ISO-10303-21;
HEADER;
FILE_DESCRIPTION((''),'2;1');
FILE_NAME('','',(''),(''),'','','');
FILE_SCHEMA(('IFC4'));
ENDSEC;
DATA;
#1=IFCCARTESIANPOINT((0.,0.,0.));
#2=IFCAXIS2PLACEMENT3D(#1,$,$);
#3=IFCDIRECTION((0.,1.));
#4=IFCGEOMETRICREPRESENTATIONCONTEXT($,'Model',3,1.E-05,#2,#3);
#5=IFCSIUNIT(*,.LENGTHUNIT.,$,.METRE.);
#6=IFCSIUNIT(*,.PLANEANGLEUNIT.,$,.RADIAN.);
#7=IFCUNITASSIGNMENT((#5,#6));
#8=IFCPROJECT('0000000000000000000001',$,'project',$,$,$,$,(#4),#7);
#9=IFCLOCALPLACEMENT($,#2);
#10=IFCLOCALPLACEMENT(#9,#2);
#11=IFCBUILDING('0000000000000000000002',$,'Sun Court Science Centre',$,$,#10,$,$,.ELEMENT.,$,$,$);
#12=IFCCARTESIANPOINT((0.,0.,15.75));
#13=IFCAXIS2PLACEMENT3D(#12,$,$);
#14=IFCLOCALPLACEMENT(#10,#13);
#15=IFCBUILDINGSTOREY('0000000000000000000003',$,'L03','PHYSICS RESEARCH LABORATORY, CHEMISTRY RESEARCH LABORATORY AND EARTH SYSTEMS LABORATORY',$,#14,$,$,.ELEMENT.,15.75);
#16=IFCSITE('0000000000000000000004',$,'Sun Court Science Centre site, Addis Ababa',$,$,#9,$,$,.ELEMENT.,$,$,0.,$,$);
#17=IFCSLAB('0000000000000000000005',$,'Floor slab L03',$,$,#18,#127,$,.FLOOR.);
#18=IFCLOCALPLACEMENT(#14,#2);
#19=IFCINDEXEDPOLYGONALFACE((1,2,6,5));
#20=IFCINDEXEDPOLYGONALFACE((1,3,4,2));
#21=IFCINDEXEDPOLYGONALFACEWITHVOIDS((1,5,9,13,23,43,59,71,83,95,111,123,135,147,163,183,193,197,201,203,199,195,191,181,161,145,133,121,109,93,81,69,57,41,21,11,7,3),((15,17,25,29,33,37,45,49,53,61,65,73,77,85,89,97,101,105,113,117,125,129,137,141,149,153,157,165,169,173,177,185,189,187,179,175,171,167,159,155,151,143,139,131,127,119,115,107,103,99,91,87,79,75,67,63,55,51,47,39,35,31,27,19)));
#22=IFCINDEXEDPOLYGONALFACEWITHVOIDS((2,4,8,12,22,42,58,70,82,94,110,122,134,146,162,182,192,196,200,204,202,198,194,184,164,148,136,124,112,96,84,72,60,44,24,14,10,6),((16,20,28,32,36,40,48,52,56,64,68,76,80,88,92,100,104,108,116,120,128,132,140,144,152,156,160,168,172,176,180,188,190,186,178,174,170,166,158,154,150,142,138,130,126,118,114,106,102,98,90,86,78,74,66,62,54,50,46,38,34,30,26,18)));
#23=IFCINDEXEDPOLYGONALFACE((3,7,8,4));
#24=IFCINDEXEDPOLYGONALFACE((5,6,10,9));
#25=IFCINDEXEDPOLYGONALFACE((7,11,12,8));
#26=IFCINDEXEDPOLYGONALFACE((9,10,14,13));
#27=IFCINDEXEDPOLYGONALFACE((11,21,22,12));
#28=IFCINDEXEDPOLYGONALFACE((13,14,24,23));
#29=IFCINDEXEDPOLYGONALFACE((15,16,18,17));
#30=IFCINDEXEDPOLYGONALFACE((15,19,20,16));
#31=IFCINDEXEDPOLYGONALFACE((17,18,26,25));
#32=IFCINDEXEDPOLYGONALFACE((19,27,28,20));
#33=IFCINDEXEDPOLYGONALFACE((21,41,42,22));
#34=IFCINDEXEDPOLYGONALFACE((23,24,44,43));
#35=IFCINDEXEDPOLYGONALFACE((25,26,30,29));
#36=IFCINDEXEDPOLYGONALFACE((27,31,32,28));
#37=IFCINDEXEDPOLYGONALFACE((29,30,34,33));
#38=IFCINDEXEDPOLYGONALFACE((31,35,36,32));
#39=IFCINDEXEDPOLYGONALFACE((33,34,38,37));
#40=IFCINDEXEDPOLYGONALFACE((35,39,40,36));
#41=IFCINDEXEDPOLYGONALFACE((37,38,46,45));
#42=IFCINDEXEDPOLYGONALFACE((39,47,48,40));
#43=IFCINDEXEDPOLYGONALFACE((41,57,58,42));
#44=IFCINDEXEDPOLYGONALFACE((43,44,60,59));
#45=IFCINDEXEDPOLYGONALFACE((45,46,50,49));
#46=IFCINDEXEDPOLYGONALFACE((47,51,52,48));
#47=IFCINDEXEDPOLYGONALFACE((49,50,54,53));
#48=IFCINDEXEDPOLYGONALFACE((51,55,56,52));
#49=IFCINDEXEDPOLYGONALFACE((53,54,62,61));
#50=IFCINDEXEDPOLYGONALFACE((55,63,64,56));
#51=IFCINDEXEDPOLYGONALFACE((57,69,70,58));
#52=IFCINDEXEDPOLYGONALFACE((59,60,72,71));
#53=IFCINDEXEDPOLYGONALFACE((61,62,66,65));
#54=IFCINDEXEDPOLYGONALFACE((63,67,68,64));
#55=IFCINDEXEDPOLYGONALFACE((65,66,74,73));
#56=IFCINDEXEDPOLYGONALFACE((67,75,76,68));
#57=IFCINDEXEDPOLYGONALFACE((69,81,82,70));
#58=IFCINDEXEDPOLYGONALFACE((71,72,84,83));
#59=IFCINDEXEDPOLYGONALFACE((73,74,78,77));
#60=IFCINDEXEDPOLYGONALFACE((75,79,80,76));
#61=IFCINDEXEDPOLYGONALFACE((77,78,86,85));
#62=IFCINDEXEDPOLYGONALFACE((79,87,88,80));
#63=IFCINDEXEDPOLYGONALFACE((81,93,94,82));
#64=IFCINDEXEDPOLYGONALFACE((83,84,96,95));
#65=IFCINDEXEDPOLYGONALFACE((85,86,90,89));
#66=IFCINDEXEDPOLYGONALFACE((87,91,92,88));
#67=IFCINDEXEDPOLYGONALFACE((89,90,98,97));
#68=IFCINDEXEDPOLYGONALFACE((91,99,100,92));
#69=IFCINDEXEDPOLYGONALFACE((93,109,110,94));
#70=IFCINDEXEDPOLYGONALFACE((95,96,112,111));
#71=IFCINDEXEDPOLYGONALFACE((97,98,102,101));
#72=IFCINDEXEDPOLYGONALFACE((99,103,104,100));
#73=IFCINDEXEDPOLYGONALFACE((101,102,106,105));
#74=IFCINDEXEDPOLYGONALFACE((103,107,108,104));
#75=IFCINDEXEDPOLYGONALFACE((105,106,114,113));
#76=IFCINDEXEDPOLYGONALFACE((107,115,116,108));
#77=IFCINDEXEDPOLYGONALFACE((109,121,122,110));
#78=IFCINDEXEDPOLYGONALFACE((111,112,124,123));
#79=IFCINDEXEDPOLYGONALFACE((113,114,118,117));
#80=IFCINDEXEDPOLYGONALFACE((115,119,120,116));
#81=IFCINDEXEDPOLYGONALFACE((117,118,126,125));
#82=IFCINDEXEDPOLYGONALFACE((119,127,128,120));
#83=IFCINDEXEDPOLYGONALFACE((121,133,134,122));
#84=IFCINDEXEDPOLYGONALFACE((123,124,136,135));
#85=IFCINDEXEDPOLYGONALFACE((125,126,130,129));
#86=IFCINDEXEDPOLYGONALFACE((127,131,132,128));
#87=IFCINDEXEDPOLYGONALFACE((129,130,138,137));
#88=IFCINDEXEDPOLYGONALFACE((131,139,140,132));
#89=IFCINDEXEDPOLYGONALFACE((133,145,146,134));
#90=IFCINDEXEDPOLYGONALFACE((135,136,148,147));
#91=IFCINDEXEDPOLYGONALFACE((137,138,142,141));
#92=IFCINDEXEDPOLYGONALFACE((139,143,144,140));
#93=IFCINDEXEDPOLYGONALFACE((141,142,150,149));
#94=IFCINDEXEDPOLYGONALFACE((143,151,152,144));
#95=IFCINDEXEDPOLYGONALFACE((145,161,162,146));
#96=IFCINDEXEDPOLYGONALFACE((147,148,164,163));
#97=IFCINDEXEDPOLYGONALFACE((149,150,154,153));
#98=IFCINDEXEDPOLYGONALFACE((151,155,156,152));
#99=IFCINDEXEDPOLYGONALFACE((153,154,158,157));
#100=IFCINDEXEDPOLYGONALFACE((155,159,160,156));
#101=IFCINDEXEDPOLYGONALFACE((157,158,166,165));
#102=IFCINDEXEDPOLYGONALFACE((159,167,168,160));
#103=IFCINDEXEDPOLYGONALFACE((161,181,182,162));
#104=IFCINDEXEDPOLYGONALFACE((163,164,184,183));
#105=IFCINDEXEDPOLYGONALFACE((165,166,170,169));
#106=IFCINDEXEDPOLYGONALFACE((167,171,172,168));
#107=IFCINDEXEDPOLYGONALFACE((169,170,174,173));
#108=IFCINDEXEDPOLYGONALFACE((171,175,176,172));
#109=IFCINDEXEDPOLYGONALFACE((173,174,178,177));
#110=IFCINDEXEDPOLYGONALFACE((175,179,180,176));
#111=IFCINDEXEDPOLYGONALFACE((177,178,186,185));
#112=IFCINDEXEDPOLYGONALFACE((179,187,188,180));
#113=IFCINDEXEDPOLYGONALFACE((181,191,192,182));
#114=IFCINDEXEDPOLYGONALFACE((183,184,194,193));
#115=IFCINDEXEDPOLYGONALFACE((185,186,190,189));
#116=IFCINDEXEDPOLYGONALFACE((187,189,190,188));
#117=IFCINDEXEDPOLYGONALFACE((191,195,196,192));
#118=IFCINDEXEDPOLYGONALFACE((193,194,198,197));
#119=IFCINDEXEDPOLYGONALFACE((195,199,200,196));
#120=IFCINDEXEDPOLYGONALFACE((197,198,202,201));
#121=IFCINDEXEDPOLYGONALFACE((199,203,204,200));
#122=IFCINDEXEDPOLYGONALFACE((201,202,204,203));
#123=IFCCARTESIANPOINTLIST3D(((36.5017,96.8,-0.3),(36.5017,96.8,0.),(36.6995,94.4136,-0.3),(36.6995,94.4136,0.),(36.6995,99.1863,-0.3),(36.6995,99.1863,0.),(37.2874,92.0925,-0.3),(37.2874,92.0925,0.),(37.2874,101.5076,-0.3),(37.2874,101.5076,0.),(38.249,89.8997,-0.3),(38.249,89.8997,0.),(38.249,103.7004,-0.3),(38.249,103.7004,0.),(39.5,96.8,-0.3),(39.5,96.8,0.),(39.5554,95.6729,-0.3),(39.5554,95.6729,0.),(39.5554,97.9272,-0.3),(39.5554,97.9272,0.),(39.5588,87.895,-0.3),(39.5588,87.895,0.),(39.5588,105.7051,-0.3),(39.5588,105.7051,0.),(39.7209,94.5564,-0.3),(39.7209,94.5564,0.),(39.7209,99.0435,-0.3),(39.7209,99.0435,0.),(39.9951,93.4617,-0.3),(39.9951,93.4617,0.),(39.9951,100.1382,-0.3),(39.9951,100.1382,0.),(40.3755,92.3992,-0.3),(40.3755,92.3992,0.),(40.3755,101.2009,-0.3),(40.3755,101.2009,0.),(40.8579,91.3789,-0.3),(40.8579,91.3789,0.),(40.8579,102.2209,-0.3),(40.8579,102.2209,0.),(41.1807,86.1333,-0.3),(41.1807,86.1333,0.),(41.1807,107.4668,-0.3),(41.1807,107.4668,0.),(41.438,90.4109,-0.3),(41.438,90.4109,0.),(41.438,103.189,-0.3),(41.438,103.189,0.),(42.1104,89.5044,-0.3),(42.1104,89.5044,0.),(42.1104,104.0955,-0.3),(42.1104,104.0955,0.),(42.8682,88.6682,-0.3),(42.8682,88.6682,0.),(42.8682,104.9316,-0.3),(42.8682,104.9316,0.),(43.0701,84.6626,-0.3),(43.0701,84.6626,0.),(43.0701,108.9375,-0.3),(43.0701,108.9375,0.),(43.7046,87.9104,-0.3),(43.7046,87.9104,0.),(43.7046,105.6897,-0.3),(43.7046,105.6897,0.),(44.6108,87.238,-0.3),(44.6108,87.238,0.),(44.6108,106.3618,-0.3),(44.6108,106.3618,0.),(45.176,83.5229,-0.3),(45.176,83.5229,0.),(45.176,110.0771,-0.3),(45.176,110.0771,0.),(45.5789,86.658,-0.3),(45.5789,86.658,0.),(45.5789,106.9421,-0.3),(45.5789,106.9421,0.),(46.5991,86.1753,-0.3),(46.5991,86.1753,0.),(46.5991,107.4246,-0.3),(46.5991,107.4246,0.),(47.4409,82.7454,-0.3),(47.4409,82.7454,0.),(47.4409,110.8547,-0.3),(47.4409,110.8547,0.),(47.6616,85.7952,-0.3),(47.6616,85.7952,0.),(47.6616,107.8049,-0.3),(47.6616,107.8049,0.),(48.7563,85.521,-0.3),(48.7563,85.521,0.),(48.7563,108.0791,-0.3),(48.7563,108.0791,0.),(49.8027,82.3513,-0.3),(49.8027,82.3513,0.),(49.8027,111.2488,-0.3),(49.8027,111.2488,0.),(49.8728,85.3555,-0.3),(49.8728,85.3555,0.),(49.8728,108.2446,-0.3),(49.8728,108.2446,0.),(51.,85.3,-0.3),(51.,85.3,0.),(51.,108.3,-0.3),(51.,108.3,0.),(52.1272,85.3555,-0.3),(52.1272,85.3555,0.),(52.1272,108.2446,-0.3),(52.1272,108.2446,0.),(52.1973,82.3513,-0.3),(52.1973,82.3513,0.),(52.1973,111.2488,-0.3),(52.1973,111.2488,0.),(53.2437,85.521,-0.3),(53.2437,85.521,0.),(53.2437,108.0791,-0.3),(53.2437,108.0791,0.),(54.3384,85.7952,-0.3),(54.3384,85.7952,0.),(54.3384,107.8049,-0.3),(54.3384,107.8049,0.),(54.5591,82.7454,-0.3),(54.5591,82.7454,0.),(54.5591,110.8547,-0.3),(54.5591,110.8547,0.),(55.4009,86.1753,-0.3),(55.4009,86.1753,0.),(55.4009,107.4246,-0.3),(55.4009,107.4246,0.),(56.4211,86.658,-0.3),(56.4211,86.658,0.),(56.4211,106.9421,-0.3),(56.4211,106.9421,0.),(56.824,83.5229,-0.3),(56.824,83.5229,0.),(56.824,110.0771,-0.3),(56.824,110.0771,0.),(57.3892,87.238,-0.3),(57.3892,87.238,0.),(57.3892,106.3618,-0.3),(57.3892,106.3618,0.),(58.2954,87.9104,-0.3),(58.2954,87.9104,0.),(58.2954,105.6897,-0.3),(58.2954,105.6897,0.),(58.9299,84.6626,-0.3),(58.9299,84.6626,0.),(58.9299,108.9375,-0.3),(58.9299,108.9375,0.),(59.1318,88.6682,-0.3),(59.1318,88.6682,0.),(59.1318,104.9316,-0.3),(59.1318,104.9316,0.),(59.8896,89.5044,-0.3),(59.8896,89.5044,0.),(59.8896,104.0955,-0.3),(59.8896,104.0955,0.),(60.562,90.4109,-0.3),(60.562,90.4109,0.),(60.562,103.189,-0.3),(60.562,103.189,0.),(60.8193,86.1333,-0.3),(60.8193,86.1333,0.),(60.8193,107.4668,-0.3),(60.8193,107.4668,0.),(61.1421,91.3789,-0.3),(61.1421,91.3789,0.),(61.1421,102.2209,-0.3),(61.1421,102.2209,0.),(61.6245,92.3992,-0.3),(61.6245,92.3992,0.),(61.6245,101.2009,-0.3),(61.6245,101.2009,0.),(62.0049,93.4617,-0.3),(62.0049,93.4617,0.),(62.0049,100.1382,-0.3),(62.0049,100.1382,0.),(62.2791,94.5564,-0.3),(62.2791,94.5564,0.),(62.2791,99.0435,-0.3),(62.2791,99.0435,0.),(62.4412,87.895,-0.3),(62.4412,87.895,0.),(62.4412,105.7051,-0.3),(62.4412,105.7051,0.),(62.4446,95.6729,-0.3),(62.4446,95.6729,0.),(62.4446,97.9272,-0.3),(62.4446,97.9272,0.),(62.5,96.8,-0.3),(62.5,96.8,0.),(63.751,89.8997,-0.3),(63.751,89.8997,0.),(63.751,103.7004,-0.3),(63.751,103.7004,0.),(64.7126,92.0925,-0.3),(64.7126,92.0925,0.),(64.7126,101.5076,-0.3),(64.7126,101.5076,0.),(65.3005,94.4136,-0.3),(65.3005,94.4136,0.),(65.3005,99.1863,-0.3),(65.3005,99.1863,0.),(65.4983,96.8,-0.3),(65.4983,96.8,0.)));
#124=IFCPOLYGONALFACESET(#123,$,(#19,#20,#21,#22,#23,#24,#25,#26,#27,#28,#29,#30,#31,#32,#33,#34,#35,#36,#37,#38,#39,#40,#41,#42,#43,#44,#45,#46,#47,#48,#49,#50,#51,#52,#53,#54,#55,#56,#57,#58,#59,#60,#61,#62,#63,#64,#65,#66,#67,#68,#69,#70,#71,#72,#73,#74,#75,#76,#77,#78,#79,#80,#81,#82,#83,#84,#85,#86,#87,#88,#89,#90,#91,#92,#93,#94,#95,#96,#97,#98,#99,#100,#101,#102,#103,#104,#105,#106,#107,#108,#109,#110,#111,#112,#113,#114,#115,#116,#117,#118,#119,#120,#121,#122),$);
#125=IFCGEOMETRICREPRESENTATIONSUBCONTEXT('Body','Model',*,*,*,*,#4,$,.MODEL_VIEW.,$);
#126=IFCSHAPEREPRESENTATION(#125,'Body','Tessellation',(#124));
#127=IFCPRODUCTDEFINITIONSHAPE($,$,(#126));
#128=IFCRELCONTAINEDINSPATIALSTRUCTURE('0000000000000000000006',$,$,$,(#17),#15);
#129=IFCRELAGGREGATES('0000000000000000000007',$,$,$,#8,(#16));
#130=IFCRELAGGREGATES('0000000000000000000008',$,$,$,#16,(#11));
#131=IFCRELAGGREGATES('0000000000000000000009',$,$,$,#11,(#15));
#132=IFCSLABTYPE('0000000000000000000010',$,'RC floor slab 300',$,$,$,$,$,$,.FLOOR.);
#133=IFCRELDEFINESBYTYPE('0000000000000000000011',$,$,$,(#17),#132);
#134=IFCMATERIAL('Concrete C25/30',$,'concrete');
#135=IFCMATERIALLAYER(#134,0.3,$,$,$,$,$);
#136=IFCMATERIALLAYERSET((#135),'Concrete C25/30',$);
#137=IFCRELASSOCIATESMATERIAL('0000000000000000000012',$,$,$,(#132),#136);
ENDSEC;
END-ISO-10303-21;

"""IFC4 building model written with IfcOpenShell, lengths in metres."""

from ifc_helpers import new_model, si_unit, direction, frame, origin, place, context, subcontext, project, spatial, polyline, outline, extrude, material, layer, layer_set, type_object, element, save


model = new_model("IFC4")

# Units and contexts
model_context = context("Model", 3, precision=1e-05, world=origin(), true_north=direction((0.0, 1.0)))
body_context = subcontext(model_context, "Body", "Model", "MODEL_VIEW")
ifc_project = project(units=[si_unit("LENGTHUNIT", "METRE"), si_unit("PLANEANGLEUNIT", "RADIAN")], contexts=[model_context])

# Site, building, storey
site_placement = place(None, origin())
site = spatial("IfcSite", under=ifc_project, at=site_placement, Name="Sun Court Science Centre site, Addis Ababa", CompositionType="ELEMENT", RefElevation=0.0)
building_placement = place(site_placement, origin())
building = spatial("IfcBuilding", under=site, at=building_placement, Name="Sun Court Science Centre", CompositionType="ELEMENT")
storey_placement = place(building_placement, frame((0.0, 0.0, 15.75)))
storey = spatial("IfcBuildingStorey", under=building, at=storey_placement, Name="L03", Description="PHYSICS RESEARCH LABORATORY, CHEMISTRY RESEARCH LABORATORY AND EARTH SYSTEMS LABORATORY", CompositionType="ELEMENT", Elevation=15.75)

# Slab
ifc_material_1 = material(Name="Concrete C25/30", Category="concrete")
ifc_layer_1 = layer(ifc_material_1, 0.3)
ifc_layer_set_1 = layer_set([ifc_layer_1], Name="Concrete C25/30")
slab_type_1 = type_object("IfcSlabType", Name="RC floor slab 300", PredefinedType="FLOOR", material=ifc_layer_set_1)
slab_1_placement = place(storey_placement, frame((0.0, 0.0, -0.3)))
element("IfcSlab", 1, at=slab_1_placement, inside=storey, type_object=slab_type_1, Name="Floor slab L03", PredefinedType="FLOOR", context=body_context, shape_type="SweptSolid", body=[
    extrude(outline(polyline([(65.4983, 96.8), (65.3005, 99.1863), (64.7126, 101.5076), (63.751, 103.7004), (62.4412, 105.7051), (60.8193, 107.4668), (58.9299, 108.9375), (56.824, 110.0771), (54.5591, 110.8547), (52.1973, 111.2488), (49.8027, 111.2488), (47.4409, 110.8547), (45.176, 110.0771), (43.0701, 108.9375), (41.1807, 107.4668), (39.5588, 105.7051), (38.249, 103.7004), (37.2874, 101.5076), (36.6995, 99.1863), (36.5017, 96.8), (36.6995, 94.4136), (37.2874, 92.0925), (38.249, 89.8997), (39.5588, 87.895), (41.1807, 86.1333), (43.0701, 84.6626), (45.176, 83.5229), (47.4409, 82.7454), (49.8027, 82.3513), (52.1973, 82.3513), (54.5591, 82.7454), (56.824, 83.5229), (58.9299, 84.6626), (60.8193, 86.1333), (62.4412, 87.895), (63.751, 89.8997), (64.7126, 92.0925), (65.3005, 94.4136), (65.4983, 96.8)]), holes=[polyline([(62.4446, 97.9272), (62.5, 96.8), (62.4446, 95.6729), (62.2791, 94.5564), (62.0049, 93.4617), (61.6245, 92.3992), (61.1421, 91.3789), (60.562, 90.4109), (59.8896, 89.5044), (59.1318, 88.6682), (58.2954, 87.9104), (57.3892, 87.238), (56.4211, 86.658), (55.4009, 86.1753), (54.3384, 85.7952), (53.2437, 85.521), (52.1272, 85.3555), (51.0, 85.3), (49.8728, 85.3555), (48.7563, 85.521), (47.6616, 85.7952), (46.5991, 86.1753), (45.5789, 86.658), (44.6108, 87.238), (43.7046, 87.9104), (42.8682, 88.6682), (42.1104, 89.5044), (41.438, 90.4109), (40.8579, 91.3789), (40.3755, 92.3992), (39.9951, 93.4617), (39.7209, 94.5564), (39.5554, 95.6729), (39.5, 96.8), (39.5554, 97.9272), (39.7209, 99.0435), (39.9951, 100.1382), (40.3755, 101.2009), (40.8579, 102.2209), (41.438, 103.189), (42.1104, 104.0955), (42.8682, 104.9316), (43.7046, 105.6897), (44.6108, 106.3618), (45.5789, 106.9421), (46.5991, 107.4246), (47.6616, 107.8049), (48.7563, 108.0791), (49.8728, 108.2446), (51.0, 108.3), (52.1272, 108.2446), (53.2437, 108.0791), (54.3384, 107.8049), (55.4009, 107.4246), (56.4211, 106.9421), (57.3892, 106.3618), (58.2954, 105.6897), (59.1318, 104.9316), (59.8896, 104.0955), (60.562, 103.189), (61.1421, 102.2209), (61.6245, 101.2009), (62.0049, 100.1382), (62.2791, 99.0435), (62.4446, 97.9272)])]), origin(), (0.0, 0.0, 1.0), 0.3),
])

save(model, "model.ifc")
